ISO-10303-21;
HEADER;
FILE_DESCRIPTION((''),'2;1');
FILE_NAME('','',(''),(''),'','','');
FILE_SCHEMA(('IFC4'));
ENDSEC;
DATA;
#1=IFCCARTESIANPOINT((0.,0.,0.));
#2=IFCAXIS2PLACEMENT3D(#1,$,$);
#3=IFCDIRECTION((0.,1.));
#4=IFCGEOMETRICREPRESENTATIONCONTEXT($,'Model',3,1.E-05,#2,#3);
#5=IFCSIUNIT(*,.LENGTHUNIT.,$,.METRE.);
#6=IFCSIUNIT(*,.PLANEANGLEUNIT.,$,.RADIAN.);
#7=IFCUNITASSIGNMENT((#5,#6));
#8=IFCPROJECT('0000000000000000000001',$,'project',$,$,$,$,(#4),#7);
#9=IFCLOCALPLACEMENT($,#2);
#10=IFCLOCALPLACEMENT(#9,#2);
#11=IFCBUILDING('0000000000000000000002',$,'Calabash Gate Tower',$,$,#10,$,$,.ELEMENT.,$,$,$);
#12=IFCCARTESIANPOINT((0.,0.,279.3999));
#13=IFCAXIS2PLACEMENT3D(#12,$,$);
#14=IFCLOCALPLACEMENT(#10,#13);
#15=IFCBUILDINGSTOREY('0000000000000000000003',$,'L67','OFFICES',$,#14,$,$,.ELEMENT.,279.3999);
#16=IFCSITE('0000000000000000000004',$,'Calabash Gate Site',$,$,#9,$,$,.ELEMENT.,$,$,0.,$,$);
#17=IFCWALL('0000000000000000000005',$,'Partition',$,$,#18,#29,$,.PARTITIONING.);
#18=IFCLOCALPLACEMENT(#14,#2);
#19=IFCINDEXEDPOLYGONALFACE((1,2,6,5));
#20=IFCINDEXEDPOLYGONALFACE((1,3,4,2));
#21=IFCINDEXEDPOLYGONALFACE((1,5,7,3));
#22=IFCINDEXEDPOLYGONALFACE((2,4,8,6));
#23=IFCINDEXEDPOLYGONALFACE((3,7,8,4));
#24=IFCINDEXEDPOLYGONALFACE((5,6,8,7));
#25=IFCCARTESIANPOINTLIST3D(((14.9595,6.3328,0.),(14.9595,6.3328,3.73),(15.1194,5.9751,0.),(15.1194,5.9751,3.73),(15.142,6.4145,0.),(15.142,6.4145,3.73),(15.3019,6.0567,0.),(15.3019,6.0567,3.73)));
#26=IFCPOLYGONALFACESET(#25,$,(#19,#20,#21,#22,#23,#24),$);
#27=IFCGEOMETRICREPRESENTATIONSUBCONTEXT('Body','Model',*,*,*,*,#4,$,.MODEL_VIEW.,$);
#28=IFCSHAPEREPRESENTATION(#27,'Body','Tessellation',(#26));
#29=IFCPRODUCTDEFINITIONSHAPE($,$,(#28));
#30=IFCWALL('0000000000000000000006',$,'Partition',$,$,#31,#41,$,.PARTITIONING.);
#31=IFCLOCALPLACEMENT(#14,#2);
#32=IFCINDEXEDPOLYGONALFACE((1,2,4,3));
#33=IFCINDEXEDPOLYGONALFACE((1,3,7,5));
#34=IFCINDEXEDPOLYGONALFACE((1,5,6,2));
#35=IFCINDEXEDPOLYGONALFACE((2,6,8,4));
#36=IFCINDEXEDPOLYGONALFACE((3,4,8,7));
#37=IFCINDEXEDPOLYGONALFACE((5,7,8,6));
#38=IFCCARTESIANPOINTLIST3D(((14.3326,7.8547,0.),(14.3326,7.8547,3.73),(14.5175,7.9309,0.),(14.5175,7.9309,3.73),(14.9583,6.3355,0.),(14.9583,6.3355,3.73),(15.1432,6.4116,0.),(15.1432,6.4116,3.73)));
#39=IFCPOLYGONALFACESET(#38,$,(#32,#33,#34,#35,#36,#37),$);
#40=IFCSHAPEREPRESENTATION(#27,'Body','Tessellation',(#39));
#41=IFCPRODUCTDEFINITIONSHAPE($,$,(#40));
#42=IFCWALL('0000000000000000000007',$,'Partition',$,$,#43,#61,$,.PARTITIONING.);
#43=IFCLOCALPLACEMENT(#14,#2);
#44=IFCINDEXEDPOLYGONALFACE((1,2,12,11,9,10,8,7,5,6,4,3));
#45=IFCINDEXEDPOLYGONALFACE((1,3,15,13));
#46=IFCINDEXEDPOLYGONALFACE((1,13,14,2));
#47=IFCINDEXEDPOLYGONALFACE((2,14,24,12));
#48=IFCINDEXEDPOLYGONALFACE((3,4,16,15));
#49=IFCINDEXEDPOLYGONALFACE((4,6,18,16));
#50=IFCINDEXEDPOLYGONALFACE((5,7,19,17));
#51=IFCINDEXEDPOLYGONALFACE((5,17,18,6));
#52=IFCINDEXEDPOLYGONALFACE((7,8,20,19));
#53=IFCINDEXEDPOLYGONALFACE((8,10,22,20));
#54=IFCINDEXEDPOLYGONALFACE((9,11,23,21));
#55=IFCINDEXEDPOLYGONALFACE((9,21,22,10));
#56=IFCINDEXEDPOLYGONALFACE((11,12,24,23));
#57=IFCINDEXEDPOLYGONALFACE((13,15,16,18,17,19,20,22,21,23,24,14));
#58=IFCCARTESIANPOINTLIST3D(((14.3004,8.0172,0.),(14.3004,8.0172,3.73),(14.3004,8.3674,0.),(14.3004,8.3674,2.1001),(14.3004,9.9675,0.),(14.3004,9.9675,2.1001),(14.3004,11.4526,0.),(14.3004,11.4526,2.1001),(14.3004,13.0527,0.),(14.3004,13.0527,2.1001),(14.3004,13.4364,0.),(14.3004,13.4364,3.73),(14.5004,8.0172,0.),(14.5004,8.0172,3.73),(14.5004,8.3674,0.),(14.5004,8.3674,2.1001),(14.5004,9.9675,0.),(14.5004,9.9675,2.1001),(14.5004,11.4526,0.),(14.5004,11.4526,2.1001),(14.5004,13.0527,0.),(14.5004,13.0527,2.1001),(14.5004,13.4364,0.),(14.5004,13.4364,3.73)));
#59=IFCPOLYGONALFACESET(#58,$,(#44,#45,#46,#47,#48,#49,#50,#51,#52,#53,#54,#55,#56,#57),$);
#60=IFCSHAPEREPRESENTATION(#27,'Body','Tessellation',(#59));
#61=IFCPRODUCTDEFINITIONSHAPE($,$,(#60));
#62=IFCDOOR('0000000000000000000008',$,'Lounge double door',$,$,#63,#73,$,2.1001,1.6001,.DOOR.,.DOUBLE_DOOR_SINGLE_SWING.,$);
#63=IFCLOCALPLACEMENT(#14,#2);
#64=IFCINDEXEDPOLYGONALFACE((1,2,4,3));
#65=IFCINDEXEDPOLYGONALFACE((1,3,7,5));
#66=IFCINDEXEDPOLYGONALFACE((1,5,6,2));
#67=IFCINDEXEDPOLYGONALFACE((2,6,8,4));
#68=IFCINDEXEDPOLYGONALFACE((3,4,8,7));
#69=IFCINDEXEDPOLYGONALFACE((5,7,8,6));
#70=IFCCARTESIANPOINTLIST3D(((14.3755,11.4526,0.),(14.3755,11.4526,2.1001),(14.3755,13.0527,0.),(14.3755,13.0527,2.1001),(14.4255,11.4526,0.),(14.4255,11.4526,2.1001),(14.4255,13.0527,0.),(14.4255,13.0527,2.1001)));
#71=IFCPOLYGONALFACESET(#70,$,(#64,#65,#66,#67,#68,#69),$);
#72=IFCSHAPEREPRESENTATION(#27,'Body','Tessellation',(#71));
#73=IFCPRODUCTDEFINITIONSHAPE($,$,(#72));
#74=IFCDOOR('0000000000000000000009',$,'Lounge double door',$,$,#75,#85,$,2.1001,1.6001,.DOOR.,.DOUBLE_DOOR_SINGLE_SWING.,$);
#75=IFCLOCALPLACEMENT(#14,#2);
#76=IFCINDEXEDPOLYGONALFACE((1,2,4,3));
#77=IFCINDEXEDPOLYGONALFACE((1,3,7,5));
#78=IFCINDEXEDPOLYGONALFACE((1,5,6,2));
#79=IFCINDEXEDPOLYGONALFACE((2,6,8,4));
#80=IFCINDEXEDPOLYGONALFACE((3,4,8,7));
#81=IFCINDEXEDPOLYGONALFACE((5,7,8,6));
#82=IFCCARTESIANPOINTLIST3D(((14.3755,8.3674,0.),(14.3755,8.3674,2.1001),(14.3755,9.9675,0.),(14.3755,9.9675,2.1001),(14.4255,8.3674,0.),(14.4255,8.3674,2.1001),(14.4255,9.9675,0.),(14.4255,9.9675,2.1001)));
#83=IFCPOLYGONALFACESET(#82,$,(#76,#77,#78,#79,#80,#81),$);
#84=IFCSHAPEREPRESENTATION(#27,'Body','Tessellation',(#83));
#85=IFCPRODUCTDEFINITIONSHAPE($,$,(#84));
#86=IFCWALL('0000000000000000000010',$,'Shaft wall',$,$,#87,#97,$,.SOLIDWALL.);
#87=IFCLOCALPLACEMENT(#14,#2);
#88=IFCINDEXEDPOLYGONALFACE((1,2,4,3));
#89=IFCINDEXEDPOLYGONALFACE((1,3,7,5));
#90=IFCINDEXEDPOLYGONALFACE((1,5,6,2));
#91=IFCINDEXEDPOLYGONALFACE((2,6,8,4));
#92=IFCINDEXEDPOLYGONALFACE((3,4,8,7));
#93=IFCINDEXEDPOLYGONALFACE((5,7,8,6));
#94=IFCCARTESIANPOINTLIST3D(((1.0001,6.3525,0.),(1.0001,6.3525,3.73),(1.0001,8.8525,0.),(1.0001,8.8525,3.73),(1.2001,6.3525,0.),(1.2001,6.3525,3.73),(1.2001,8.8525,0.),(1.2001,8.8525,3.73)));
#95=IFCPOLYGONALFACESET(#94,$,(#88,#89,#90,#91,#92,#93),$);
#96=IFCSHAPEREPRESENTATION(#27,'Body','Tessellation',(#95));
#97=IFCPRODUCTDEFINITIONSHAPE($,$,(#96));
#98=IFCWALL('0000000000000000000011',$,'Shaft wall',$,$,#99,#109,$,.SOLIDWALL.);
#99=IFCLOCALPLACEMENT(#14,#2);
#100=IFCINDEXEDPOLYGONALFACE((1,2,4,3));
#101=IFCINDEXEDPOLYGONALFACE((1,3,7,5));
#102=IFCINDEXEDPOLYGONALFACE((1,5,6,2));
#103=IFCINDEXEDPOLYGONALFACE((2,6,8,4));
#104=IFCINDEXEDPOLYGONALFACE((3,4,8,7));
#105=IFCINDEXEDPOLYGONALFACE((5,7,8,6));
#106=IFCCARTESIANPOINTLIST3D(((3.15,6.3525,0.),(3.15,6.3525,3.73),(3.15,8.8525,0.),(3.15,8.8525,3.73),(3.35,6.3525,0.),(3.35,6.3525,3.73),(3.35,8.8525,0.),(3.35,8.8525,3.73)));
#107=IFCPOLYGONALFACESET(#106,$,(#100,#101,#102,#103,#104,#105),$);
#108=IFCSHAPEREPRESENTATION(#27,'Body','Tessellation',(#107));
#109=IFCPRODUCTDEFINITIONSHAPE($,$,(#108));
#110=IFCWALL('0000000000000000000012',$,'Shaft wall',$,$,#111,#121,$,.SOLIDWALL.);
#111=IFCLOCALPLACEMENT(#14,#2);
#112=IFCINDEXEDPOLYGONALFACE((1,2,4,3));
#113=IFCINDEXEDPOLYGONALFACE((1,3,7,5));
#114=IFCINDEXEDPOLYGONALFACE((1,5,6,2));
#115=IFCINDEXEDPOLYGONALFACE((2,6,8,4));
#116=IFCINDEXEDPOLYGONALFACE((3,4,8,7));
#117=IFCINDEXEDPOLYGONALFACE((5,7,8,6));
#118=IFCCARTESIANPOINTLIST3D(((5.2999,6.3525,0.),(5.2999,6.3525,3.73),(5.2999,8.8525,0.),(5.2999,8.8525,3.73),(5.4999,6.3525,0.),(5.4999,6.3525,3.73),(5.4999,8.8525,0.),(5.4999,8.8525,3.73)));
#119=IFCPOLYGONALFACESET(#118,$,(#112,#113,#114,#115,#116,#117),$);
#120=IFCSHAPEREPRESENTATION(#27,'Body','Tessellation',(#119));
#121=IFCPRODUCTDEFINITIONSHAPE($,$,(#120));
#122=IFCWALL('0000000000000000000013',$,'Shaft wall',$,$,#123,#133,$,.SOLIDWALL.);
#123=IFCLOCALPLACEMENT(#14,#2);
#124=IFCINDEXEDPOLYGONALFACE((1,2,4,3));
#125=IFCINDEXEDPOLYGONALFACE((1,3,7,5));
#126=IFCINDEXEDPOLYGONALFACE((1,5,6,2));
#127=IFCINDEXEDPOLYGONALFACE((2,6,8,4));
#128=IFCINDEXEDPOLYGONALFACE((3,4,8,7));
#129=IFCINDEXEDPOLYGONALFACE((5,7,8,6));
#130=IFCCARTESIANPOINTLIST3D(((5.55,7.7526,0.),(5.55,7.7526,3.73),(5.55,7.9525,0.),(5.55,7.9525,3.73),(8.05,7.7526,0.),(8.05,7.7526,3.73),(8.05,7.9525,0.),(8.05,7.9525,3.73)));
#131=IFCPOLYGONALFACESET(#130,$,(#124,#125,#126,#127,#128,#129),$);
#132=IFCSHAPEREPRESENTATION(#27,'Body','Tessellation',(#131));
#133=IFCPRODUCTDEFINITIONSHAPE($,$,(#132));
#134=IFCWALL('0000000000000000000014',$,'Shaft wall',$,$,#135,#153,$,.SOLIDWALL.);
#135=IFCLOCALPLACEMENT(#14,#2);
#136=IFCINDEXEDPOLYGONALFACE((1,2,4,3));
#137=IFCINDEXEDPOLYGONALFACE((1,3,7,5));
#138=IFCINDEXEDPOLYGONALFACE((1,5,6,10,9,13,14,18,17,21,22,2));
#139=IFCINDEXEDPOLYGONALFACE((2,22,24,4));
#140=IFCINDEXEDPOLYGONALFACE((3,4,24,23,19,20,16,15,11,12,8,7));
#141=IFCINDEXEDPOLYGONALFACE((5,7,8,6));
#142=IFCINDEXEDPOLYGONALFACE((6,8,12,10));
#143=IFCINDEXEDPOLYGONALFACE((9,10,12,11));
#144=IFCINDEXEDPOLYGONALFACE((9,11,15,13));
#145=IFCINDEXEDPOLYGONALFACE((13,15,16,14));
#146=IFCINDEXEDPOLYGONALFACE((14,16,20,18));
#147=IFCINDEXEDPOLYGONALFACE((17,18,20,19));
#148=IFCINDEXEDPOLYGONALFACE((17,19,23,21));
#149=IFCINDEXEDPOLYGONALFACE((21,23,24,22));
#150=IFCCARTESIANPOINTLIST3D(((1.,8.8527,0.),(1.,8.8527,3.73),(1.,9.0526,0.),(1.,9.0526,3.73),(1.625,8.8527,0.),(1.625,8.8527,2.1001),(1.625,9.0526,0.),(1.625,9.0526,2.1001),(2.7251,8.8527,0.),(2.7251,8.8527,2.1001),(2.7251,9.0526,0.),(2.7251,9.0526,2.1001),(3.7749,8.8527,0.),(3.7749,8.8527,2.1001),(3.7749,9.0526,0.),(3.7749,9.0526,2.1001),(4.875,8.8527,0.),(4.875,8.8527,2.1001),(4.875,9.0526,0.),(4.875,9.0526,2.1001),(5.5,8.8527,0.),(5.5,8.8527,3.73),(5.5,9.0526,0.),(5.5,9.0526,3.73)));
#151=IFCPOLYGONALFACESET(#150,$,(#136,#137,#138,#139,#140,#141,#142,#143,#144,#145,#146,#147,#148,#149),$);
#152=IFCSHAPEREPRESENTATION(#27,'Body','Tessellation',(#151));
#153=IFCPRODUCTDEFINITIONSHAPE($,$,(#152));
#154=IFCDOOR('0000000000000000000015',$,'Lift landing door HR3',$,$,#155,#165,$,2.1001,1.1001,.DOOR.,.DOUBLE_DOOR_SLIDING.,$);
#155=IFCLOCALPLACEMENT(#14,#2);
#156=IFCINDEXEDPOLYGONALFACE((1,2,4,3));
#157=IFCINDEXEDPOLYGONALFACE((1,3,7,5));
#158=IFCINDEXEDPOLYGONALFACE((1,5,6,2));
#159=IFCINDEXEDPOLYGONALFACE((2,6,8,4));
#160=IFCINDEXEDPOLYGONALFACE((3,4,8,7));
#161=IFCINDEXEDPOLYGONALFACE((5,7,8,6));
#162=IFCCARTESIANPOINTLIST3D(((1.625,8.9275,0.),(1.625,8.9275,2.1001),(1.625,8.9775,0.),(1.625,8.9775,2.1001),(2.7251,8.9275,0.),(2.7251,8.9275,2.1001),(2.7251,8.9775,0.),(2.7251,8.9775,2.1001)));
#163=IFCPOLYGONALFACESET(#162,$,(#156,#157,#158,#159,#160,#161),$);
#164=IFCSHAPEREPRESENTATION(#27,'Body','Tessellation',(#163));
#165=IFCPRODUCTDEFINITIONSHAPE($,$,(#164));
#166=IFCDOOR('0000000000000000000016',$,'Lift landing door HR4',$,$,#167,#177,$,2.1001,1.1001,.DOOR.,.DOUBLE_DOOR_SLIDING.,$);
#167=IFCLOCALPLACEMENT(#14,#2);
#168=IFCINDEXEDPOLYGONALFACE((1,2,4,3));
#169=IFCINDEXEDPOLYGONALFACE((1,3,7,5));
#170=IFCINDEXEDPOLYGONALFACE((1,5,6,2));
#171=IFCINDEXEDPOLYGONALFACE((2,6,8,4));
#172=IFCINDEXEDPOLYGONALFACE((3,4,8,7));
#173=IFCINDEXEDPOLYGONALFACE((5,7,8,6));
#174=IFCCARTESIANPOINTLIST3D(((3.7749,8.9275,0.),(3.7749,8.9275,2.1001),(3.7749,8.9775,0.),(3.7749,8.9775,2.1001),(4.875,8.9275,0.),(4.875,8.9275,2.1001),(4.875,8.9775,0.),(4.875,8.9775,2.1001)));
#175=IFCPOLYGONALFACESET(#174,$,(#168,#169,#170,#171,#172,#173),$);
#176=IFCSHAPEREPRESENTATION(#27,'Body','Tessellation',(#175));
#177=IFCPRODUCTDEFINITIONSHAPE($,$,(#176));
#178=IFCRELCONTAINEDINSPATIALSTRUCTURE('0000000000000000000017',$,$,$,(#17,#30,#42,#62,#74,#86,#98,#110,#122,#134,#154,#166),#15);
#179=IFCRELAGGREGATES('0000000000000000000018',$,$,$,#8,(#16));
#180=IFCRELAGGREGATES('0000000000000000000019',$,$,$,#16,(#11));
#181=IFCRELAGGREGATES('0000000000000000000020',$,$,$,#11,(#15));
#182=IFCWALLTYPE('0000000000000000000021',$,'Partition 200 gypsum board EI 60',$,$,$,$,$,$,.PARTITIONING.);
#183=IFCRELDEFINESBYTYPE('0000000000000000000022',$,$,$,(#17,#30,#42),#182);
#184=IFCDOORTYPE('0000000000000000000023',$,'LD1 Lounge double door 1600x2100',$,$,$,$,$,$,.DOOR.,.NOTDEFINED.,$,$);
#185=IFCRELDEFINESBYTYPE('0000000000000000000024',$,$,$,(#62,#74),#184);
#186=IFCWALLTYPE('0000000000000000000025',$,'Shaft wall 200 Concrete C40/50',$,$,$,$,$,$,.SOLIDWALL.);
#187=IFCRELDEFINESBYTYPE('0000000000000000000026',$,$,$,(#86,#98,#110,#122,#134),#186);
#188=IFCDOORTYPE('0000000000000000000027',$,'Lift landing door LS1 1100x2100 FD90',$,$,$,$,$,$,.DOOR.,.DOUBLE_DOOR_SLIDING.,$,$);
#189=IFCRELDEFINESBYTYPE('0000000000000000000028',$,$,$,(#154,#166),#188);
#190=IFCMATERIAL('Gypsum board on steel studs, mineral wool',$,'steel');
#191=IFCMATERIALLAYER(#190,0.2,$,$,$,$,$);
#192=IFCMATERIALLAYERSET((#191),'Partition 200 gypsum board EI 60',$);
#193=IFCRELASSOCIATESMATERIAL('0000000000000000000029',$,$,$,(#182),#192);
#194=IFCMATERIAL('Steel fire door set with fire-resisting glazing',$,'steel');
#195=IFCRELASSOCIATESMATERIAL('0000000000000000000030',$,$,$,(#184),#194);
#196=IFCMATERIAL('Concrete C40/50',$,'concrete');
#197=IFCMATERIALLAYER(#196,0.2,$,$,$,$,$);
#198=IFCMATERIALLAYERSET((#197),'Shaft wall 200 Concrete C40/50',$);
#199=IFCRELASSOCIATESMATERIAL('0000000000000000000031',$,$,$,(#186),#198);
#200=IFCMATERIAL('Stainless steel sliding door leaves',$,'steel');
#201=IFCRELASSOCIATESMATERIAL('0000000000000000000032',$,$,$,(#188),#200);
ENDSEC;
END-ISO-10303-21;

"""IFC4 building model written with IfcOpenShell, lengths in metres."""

from ifc_helpers import new_model, si_unit, direction, frame, frame_2d, origin, place, context, subcontext, project, spatial, rectangle, extrude, material, layer, layer_set, type_object, element, fill, save


model = new_model("IFC4")

# Units and contexts
model_context = context("Model", 3, precision=1e-05, world=origin(), true_north=direction((0.0, 1.0)))
body_context = subcontext(model_context, "Body", "Model", "MODEL_VIEW")
ifc_project = project(units=[si_unit("LENGTHUNIT", "METRE"), si_unit("PLANEANGLEUNIT", "RADIAN")], contexts=[model_context])

# Site, building, storey
site_placement = place(None, origin())
site = spatial("IfcSite", under=ifc_project, at=site_placement, Name="Calabash Gate Site", CompositionType="ELEMENT", RefElevation=0.0)
building_placement = place(site_placement, origin())
building = spatial("IfcBuilding", under=site, at=building_placement, Name="Calabash Gate Tower", CompositionType="ELEMENT")
storey_placement = place(building_placement, frame((0.0, 0.0, 279.3999)))
storey = spatial("IfcBuildingStorey", under=building, at=storey_placement, Name="L67", Description="OFFICES", CompositionType="ELEMENT", Elevation=279.3999)

# Walls
ifc_material_1 = material(Name="Gypsum board on steel studs, mineral wool", Category="steel")
ifc_layer_1 = layer(ifc_material_1, 0.2)
ifc_layer_set_1 = layer_set([ifc_layer_1], Name="Partition 200 gypsum board EI 60")
wall_type_1 = type_object("IfcWallType", Name="Partition 200 gypsum board EI 60", PredefinedType="PARTITIONING", material=ifc_layer_set_1)
wall_1_placement = place(storey_placement, frame((15.0508, 6.3735, 0.0), z_axis=(0.0, 0.0, 1.0), x_axis=(0.408161, -0.91291, 0.0)))
element("IfcWall", 1, at=wall_1_placement, inside=storey, type_object=wall_type_1, Name="Partition", PredefinedType="PARTITIONING", context=body_context, shape_type="SweptSolid", body=[
    extrude(rectangle(XDim=0.3918, YDim=0.2, at=frame_2d((0.1958, 0.0))), origin(), (0.0, 0.0, 1.0), 3.73),
])
wall_2_placement = place(storey_placement, frame((14.425, 7.8928, 0.0), z_axis=(0.0, 0.0, 1.0), x_axis=(0.380825, -0.924647, 0.0)))
element("IfcWall", 2, at=wall_2_placement, inside=storey, type_object=wall_type_1, Name="Partition", PredefinedType="PARTITIONING", context=body_context, shape_type="SweptSolid", body=[
    extrude(rectangle(XDim=1.6431, YDim=0.2, at=frame_2d((0.8215, 0.0))), origin(), (0.0, 0.0, 1.0), 3.73),
])

# Wall, openings, doors
wall_3_placement = place(storey_placement, frame((14.4004, 8.0173, 0.0), z_axis=(0.0, 0.0, 1.0), x_axis=(0.0, 1.0, 0.0)))
wall_3 = element("IfcWall", 3, at=wall_3_placement, inside=storey, type_object=wall_type_1, Name="Partition", PredefinedType="PARTITIONING", context=body_context, shape_type="SweptSolid", body=[
    extrude(rectangle(XDim=5.4192, YDim=0.2, at=frame_2d((2.7095, 0.0))), origin(), (0.0, 0.0, 1.0), 3.73),
])
opening_1_placement = place(wall_3_placement, frame((3.4353, 0.0, 0.0)))
opening_1 = element("IfcOpeningElement", 4, at=opening_1_placement, cuts=wall_3, PredefinedType="OPENING", context=body_context, shape_type="SweptSolid", body=[
    extrude(rectangle(XDim=1.6001, YDim=2.1001, at=frame_2d((0.8, 1.05))), frame((0.0, 0.1099, 0.0), z_axis=(0.0, -1.0, 0.0), x_axis=(1.0, 0.0, 0.0)), (0.0, 0.0, 1.0), 0.22),
])
opening_2_placement = place(wall_3_placement, frame((0.3501, 0.0, 0.0)))
opening_2 = element("IfcOpeningElement", 5, at=opening_2_placement, cuts=wall_3, PredefinedType="OPENING", context=body_context, shape_type="SweptSolid", body=[
    extrude(rectangle(XDim=1.6001, YDim=2.1001, at=frame_2d((0.8, 1.05))), frame((0.0, 0.1099, 0.0), z_axis=(0.0, -1.0, 0.0), x_axis=(1.0, 0.0, 0.0)), (0.0, 0.0, 1.0), 0.22),
])
ifc_material_2 = material(Name="Steel fire door set with fire-resisting glazing", Category="steel")
door_type_1 = type_object("IfcDoorType", Name="LD1 Lounge double door 1600x2100", OperationType="NOTDEFINED", PredefinedType="DOOR", material=ifc_material_2)
door_1_placement = place(opening_1_placement, origin())
door_1 = element("IfcDoor", 6, at=door_1_placement, inside=storey, type_object=door_type_1, Name="Lounge double door", OperationType="DOUBLE_DOOR_SINGLE_SWING", OverallHeight=2.1001, OverallWidth=1.6001, PredefinedType="DOOR", context=body_context, shape_type="SweptSolid", body=[
    extrude(rectangle(XDim=1.6001, YDim=2.1001, at=frame_2d((0.8, 1.05))), frame((0.0, 0.0249, 0.0), z_axis=(0.0, -1.0, 0.0), x_axis=(1.0, 0.0, 0.0)), (0.0, 0.0, 1.0), 0.05),
])
fill(opening_1, door_1)
door_2_placement = place(opening_2_placement, origin())
door_2 = element("IfcDoor", 7, at=door_2_placement, inside=storey, type_object=door_type_1, Name="Lounge double door", OperationType="DOUBLE_DOOR_SINGLE_SWING", OverallHeight=2.1001, OverallWidth=1.6001, PredefinedType="DOOR", context=body_context, shape_type="SweptSolid", body=[
    extrude(rectangle(XDim=1.6001, YDim=2.1001, at=frame_2d((0.8, 1.05))), frame((0.0, 0.0249, 0.0), z_axis=(0.0, -1.0, 0.0), x_axis=(1.0, 0.0, 0.0)), (0.0, 0.0, 1.0), 0.05),
])
fill(opening_2, door_2)

# Walls
ifc_material_3 = material(Name="Concrete C40/50", Category="concrete")
ifc_layer_2 = layer(ifc_material_3, 0.2)
ifc_layer_set_2 = layer_set([ifc_layer_2], Name="Shaft wall 200 Concrete C40/50")
wall_type_2 = type_object("IfcWallType", Name="Shaft wall 200 Concrete C40/50", PredefinedType="SOLIDWALL", material=ifc_layer_set_2)
for number, where, z_axis, x_axis, name in (
    (8, (1.1001, 6.3525, 0.0), (0.0, 0.0, 1.0), (0.0, 1.0, 0.0), "Shaft wall"),
    (9, (3.25, 6.3525, 0.0), (0.0, 0.0, 1.0), (0.0, 1.0, 0.0), "Shaft wall"),
    (10, (5.3999, 6.3525, 0.0), (0.0, 0.0, 1.0), (0.0, 1.0, 0.0), "Shaft wall"),
    (11, (5.55, 7.8525, 0.0), (0.0, 0.0, 1.0), (1.0, 0.0, 0.0), "Shaft wall"),
):
    element("IfcWall", number, at=place(storey_placement, frame(where, z_axis=z_axis, x_axis=x_axis)), inside=storey, type_object=wall_type_2, Name=name, PredefinedType="SOLIDWALL", context=body_context, shape_type="SweptSolid", body=[
        extrude(rectangle(XDim=2.5, YDim=0.2, at=frame_2d((1.25, 0.0))), origin(), (0.0, 0.0, 1.0), 3.73),
    ])

# Wall, openings, doors
wall_4_placement = place(storey_placement, frame((1.0, 8.9526, 0.0), z_axis=(0.0, 0.0, 1.0), x_axis=(1.0, 0.0, 0.0)))
wall_4 = element("IfcWall", 12, at=wall_4_placement, inside=storey, type_object=wall_type_2, Name="Shaft wall", PredefinedType="SOLIDWALL", context=body_context, shape_type="SweptSolid", body=[
    extrude(rectangle(XDim=4.5, YDim=0.2, at=frame_2d((2.25, 0.0))), origin(), (0.0, 0.0, 1.0), 3.73),
])
opening_3_placement = place(wall_4_placement, frame((0.625, 0.0, 0.0)))
opening_3 = element("IfcOpeningElement", 13, at=opening_3_placement, cuts=wall_4, PredefinedType="OPENING", context=body_context, shape_type="SweptSolid", body=[
    extrude(rectangle(XDim=1.1001, YDim=2.1001, at=frame_2d((0.55, 1.05))), frame((0.0, 0.1099, 0.0), z_axis=(0.0, -1.0, 0.0), x_axis=(1.0, 0.0, 0.0)), (0.0, 0.0, 1.0), 0.22),
])
opening_4_placement = place(wall_4_placement, frame((2.7749, 0.0, 0.0)))
opening_4 = element("IfcOpeningElement", 14, at=opening_4_placement, cuts=wall_4, PredefinedType="OPENING", context=body_context, shape_type="SweptSolid", body=[
    extrude(rectangle(XDim=1.1001, YDim=2.1001, at=frame_2d((0.55, 1.05))), frame((0.0, 0.1099, 0.0), z_axis=(0.0, -1.0, 0.0), x_axis=(1.0, 0.0, 0.0)), (0.0, 0.0, 1.0), 0.22),
])
ifc_material_4 = material(Name="Stainless steel sliding door leaves", Category="steel")
door_type_2 = type_object("IfcDoorType", Name="Lift landing door LS1 1100x2100 FD90", OperationType="DOUBLE_DOOR_SLIDING", PredefinedType="DOOR", material=ifc_material_4)
door_3_placement = place(opening_3_placement, origin())
door_3 = element("IfcDoor", 15, at=door_3_placement, inside=storey, type_object=door_type_2, Name="Lift landing door HR3", OperationType="DOUBLE_DOOR_SLIDING", OverallHeight=2.1001, OverallWidth=1.1001, PredefinedType="DOOR", context=body_context, shape_type="SweptSolid", body=[
    extrude(rectangle(XDim=1.1001, YDim=2.1001, at=frame_2d((0.55, 1.05))), frame((0.0, 0.0249, 0.0), z_axis=(0.0, -1.0, 0.0), x_axis=(1.0, 0.0, 0.0)), (0.0, 0.0, 1.0), 0.05),
])
fill(opening_3, door_3)
door_4_placement = place(opening_4_placement, origin())
door_4 = element("IfcDoor", 16, at=door_4_placement, inside=storey, type_object=door_type_2, Name="Lift landing door HR4", OperationType="DOUBLE_DOOR_SLIDING", OverallHeight=2.1001, OverallWidth=1.1001, PredefinedType="DOOR", context=body_context, shape_type="SweptSolid", body=[
    extrude(rectangle(XDim=1.1001, YDim=2.1001, at=frame_2d((0.55, 1.05))), frame((0.0, 0.0249, 0.0), z_axis=(0.0, -1.0, 0.0), x_axis=(1.0, 0.0, 0.0)), (0.0, 0.0, 1.0), 0.05),
])
fill(opening_4, door_4)

save(model, "model.ifc")
